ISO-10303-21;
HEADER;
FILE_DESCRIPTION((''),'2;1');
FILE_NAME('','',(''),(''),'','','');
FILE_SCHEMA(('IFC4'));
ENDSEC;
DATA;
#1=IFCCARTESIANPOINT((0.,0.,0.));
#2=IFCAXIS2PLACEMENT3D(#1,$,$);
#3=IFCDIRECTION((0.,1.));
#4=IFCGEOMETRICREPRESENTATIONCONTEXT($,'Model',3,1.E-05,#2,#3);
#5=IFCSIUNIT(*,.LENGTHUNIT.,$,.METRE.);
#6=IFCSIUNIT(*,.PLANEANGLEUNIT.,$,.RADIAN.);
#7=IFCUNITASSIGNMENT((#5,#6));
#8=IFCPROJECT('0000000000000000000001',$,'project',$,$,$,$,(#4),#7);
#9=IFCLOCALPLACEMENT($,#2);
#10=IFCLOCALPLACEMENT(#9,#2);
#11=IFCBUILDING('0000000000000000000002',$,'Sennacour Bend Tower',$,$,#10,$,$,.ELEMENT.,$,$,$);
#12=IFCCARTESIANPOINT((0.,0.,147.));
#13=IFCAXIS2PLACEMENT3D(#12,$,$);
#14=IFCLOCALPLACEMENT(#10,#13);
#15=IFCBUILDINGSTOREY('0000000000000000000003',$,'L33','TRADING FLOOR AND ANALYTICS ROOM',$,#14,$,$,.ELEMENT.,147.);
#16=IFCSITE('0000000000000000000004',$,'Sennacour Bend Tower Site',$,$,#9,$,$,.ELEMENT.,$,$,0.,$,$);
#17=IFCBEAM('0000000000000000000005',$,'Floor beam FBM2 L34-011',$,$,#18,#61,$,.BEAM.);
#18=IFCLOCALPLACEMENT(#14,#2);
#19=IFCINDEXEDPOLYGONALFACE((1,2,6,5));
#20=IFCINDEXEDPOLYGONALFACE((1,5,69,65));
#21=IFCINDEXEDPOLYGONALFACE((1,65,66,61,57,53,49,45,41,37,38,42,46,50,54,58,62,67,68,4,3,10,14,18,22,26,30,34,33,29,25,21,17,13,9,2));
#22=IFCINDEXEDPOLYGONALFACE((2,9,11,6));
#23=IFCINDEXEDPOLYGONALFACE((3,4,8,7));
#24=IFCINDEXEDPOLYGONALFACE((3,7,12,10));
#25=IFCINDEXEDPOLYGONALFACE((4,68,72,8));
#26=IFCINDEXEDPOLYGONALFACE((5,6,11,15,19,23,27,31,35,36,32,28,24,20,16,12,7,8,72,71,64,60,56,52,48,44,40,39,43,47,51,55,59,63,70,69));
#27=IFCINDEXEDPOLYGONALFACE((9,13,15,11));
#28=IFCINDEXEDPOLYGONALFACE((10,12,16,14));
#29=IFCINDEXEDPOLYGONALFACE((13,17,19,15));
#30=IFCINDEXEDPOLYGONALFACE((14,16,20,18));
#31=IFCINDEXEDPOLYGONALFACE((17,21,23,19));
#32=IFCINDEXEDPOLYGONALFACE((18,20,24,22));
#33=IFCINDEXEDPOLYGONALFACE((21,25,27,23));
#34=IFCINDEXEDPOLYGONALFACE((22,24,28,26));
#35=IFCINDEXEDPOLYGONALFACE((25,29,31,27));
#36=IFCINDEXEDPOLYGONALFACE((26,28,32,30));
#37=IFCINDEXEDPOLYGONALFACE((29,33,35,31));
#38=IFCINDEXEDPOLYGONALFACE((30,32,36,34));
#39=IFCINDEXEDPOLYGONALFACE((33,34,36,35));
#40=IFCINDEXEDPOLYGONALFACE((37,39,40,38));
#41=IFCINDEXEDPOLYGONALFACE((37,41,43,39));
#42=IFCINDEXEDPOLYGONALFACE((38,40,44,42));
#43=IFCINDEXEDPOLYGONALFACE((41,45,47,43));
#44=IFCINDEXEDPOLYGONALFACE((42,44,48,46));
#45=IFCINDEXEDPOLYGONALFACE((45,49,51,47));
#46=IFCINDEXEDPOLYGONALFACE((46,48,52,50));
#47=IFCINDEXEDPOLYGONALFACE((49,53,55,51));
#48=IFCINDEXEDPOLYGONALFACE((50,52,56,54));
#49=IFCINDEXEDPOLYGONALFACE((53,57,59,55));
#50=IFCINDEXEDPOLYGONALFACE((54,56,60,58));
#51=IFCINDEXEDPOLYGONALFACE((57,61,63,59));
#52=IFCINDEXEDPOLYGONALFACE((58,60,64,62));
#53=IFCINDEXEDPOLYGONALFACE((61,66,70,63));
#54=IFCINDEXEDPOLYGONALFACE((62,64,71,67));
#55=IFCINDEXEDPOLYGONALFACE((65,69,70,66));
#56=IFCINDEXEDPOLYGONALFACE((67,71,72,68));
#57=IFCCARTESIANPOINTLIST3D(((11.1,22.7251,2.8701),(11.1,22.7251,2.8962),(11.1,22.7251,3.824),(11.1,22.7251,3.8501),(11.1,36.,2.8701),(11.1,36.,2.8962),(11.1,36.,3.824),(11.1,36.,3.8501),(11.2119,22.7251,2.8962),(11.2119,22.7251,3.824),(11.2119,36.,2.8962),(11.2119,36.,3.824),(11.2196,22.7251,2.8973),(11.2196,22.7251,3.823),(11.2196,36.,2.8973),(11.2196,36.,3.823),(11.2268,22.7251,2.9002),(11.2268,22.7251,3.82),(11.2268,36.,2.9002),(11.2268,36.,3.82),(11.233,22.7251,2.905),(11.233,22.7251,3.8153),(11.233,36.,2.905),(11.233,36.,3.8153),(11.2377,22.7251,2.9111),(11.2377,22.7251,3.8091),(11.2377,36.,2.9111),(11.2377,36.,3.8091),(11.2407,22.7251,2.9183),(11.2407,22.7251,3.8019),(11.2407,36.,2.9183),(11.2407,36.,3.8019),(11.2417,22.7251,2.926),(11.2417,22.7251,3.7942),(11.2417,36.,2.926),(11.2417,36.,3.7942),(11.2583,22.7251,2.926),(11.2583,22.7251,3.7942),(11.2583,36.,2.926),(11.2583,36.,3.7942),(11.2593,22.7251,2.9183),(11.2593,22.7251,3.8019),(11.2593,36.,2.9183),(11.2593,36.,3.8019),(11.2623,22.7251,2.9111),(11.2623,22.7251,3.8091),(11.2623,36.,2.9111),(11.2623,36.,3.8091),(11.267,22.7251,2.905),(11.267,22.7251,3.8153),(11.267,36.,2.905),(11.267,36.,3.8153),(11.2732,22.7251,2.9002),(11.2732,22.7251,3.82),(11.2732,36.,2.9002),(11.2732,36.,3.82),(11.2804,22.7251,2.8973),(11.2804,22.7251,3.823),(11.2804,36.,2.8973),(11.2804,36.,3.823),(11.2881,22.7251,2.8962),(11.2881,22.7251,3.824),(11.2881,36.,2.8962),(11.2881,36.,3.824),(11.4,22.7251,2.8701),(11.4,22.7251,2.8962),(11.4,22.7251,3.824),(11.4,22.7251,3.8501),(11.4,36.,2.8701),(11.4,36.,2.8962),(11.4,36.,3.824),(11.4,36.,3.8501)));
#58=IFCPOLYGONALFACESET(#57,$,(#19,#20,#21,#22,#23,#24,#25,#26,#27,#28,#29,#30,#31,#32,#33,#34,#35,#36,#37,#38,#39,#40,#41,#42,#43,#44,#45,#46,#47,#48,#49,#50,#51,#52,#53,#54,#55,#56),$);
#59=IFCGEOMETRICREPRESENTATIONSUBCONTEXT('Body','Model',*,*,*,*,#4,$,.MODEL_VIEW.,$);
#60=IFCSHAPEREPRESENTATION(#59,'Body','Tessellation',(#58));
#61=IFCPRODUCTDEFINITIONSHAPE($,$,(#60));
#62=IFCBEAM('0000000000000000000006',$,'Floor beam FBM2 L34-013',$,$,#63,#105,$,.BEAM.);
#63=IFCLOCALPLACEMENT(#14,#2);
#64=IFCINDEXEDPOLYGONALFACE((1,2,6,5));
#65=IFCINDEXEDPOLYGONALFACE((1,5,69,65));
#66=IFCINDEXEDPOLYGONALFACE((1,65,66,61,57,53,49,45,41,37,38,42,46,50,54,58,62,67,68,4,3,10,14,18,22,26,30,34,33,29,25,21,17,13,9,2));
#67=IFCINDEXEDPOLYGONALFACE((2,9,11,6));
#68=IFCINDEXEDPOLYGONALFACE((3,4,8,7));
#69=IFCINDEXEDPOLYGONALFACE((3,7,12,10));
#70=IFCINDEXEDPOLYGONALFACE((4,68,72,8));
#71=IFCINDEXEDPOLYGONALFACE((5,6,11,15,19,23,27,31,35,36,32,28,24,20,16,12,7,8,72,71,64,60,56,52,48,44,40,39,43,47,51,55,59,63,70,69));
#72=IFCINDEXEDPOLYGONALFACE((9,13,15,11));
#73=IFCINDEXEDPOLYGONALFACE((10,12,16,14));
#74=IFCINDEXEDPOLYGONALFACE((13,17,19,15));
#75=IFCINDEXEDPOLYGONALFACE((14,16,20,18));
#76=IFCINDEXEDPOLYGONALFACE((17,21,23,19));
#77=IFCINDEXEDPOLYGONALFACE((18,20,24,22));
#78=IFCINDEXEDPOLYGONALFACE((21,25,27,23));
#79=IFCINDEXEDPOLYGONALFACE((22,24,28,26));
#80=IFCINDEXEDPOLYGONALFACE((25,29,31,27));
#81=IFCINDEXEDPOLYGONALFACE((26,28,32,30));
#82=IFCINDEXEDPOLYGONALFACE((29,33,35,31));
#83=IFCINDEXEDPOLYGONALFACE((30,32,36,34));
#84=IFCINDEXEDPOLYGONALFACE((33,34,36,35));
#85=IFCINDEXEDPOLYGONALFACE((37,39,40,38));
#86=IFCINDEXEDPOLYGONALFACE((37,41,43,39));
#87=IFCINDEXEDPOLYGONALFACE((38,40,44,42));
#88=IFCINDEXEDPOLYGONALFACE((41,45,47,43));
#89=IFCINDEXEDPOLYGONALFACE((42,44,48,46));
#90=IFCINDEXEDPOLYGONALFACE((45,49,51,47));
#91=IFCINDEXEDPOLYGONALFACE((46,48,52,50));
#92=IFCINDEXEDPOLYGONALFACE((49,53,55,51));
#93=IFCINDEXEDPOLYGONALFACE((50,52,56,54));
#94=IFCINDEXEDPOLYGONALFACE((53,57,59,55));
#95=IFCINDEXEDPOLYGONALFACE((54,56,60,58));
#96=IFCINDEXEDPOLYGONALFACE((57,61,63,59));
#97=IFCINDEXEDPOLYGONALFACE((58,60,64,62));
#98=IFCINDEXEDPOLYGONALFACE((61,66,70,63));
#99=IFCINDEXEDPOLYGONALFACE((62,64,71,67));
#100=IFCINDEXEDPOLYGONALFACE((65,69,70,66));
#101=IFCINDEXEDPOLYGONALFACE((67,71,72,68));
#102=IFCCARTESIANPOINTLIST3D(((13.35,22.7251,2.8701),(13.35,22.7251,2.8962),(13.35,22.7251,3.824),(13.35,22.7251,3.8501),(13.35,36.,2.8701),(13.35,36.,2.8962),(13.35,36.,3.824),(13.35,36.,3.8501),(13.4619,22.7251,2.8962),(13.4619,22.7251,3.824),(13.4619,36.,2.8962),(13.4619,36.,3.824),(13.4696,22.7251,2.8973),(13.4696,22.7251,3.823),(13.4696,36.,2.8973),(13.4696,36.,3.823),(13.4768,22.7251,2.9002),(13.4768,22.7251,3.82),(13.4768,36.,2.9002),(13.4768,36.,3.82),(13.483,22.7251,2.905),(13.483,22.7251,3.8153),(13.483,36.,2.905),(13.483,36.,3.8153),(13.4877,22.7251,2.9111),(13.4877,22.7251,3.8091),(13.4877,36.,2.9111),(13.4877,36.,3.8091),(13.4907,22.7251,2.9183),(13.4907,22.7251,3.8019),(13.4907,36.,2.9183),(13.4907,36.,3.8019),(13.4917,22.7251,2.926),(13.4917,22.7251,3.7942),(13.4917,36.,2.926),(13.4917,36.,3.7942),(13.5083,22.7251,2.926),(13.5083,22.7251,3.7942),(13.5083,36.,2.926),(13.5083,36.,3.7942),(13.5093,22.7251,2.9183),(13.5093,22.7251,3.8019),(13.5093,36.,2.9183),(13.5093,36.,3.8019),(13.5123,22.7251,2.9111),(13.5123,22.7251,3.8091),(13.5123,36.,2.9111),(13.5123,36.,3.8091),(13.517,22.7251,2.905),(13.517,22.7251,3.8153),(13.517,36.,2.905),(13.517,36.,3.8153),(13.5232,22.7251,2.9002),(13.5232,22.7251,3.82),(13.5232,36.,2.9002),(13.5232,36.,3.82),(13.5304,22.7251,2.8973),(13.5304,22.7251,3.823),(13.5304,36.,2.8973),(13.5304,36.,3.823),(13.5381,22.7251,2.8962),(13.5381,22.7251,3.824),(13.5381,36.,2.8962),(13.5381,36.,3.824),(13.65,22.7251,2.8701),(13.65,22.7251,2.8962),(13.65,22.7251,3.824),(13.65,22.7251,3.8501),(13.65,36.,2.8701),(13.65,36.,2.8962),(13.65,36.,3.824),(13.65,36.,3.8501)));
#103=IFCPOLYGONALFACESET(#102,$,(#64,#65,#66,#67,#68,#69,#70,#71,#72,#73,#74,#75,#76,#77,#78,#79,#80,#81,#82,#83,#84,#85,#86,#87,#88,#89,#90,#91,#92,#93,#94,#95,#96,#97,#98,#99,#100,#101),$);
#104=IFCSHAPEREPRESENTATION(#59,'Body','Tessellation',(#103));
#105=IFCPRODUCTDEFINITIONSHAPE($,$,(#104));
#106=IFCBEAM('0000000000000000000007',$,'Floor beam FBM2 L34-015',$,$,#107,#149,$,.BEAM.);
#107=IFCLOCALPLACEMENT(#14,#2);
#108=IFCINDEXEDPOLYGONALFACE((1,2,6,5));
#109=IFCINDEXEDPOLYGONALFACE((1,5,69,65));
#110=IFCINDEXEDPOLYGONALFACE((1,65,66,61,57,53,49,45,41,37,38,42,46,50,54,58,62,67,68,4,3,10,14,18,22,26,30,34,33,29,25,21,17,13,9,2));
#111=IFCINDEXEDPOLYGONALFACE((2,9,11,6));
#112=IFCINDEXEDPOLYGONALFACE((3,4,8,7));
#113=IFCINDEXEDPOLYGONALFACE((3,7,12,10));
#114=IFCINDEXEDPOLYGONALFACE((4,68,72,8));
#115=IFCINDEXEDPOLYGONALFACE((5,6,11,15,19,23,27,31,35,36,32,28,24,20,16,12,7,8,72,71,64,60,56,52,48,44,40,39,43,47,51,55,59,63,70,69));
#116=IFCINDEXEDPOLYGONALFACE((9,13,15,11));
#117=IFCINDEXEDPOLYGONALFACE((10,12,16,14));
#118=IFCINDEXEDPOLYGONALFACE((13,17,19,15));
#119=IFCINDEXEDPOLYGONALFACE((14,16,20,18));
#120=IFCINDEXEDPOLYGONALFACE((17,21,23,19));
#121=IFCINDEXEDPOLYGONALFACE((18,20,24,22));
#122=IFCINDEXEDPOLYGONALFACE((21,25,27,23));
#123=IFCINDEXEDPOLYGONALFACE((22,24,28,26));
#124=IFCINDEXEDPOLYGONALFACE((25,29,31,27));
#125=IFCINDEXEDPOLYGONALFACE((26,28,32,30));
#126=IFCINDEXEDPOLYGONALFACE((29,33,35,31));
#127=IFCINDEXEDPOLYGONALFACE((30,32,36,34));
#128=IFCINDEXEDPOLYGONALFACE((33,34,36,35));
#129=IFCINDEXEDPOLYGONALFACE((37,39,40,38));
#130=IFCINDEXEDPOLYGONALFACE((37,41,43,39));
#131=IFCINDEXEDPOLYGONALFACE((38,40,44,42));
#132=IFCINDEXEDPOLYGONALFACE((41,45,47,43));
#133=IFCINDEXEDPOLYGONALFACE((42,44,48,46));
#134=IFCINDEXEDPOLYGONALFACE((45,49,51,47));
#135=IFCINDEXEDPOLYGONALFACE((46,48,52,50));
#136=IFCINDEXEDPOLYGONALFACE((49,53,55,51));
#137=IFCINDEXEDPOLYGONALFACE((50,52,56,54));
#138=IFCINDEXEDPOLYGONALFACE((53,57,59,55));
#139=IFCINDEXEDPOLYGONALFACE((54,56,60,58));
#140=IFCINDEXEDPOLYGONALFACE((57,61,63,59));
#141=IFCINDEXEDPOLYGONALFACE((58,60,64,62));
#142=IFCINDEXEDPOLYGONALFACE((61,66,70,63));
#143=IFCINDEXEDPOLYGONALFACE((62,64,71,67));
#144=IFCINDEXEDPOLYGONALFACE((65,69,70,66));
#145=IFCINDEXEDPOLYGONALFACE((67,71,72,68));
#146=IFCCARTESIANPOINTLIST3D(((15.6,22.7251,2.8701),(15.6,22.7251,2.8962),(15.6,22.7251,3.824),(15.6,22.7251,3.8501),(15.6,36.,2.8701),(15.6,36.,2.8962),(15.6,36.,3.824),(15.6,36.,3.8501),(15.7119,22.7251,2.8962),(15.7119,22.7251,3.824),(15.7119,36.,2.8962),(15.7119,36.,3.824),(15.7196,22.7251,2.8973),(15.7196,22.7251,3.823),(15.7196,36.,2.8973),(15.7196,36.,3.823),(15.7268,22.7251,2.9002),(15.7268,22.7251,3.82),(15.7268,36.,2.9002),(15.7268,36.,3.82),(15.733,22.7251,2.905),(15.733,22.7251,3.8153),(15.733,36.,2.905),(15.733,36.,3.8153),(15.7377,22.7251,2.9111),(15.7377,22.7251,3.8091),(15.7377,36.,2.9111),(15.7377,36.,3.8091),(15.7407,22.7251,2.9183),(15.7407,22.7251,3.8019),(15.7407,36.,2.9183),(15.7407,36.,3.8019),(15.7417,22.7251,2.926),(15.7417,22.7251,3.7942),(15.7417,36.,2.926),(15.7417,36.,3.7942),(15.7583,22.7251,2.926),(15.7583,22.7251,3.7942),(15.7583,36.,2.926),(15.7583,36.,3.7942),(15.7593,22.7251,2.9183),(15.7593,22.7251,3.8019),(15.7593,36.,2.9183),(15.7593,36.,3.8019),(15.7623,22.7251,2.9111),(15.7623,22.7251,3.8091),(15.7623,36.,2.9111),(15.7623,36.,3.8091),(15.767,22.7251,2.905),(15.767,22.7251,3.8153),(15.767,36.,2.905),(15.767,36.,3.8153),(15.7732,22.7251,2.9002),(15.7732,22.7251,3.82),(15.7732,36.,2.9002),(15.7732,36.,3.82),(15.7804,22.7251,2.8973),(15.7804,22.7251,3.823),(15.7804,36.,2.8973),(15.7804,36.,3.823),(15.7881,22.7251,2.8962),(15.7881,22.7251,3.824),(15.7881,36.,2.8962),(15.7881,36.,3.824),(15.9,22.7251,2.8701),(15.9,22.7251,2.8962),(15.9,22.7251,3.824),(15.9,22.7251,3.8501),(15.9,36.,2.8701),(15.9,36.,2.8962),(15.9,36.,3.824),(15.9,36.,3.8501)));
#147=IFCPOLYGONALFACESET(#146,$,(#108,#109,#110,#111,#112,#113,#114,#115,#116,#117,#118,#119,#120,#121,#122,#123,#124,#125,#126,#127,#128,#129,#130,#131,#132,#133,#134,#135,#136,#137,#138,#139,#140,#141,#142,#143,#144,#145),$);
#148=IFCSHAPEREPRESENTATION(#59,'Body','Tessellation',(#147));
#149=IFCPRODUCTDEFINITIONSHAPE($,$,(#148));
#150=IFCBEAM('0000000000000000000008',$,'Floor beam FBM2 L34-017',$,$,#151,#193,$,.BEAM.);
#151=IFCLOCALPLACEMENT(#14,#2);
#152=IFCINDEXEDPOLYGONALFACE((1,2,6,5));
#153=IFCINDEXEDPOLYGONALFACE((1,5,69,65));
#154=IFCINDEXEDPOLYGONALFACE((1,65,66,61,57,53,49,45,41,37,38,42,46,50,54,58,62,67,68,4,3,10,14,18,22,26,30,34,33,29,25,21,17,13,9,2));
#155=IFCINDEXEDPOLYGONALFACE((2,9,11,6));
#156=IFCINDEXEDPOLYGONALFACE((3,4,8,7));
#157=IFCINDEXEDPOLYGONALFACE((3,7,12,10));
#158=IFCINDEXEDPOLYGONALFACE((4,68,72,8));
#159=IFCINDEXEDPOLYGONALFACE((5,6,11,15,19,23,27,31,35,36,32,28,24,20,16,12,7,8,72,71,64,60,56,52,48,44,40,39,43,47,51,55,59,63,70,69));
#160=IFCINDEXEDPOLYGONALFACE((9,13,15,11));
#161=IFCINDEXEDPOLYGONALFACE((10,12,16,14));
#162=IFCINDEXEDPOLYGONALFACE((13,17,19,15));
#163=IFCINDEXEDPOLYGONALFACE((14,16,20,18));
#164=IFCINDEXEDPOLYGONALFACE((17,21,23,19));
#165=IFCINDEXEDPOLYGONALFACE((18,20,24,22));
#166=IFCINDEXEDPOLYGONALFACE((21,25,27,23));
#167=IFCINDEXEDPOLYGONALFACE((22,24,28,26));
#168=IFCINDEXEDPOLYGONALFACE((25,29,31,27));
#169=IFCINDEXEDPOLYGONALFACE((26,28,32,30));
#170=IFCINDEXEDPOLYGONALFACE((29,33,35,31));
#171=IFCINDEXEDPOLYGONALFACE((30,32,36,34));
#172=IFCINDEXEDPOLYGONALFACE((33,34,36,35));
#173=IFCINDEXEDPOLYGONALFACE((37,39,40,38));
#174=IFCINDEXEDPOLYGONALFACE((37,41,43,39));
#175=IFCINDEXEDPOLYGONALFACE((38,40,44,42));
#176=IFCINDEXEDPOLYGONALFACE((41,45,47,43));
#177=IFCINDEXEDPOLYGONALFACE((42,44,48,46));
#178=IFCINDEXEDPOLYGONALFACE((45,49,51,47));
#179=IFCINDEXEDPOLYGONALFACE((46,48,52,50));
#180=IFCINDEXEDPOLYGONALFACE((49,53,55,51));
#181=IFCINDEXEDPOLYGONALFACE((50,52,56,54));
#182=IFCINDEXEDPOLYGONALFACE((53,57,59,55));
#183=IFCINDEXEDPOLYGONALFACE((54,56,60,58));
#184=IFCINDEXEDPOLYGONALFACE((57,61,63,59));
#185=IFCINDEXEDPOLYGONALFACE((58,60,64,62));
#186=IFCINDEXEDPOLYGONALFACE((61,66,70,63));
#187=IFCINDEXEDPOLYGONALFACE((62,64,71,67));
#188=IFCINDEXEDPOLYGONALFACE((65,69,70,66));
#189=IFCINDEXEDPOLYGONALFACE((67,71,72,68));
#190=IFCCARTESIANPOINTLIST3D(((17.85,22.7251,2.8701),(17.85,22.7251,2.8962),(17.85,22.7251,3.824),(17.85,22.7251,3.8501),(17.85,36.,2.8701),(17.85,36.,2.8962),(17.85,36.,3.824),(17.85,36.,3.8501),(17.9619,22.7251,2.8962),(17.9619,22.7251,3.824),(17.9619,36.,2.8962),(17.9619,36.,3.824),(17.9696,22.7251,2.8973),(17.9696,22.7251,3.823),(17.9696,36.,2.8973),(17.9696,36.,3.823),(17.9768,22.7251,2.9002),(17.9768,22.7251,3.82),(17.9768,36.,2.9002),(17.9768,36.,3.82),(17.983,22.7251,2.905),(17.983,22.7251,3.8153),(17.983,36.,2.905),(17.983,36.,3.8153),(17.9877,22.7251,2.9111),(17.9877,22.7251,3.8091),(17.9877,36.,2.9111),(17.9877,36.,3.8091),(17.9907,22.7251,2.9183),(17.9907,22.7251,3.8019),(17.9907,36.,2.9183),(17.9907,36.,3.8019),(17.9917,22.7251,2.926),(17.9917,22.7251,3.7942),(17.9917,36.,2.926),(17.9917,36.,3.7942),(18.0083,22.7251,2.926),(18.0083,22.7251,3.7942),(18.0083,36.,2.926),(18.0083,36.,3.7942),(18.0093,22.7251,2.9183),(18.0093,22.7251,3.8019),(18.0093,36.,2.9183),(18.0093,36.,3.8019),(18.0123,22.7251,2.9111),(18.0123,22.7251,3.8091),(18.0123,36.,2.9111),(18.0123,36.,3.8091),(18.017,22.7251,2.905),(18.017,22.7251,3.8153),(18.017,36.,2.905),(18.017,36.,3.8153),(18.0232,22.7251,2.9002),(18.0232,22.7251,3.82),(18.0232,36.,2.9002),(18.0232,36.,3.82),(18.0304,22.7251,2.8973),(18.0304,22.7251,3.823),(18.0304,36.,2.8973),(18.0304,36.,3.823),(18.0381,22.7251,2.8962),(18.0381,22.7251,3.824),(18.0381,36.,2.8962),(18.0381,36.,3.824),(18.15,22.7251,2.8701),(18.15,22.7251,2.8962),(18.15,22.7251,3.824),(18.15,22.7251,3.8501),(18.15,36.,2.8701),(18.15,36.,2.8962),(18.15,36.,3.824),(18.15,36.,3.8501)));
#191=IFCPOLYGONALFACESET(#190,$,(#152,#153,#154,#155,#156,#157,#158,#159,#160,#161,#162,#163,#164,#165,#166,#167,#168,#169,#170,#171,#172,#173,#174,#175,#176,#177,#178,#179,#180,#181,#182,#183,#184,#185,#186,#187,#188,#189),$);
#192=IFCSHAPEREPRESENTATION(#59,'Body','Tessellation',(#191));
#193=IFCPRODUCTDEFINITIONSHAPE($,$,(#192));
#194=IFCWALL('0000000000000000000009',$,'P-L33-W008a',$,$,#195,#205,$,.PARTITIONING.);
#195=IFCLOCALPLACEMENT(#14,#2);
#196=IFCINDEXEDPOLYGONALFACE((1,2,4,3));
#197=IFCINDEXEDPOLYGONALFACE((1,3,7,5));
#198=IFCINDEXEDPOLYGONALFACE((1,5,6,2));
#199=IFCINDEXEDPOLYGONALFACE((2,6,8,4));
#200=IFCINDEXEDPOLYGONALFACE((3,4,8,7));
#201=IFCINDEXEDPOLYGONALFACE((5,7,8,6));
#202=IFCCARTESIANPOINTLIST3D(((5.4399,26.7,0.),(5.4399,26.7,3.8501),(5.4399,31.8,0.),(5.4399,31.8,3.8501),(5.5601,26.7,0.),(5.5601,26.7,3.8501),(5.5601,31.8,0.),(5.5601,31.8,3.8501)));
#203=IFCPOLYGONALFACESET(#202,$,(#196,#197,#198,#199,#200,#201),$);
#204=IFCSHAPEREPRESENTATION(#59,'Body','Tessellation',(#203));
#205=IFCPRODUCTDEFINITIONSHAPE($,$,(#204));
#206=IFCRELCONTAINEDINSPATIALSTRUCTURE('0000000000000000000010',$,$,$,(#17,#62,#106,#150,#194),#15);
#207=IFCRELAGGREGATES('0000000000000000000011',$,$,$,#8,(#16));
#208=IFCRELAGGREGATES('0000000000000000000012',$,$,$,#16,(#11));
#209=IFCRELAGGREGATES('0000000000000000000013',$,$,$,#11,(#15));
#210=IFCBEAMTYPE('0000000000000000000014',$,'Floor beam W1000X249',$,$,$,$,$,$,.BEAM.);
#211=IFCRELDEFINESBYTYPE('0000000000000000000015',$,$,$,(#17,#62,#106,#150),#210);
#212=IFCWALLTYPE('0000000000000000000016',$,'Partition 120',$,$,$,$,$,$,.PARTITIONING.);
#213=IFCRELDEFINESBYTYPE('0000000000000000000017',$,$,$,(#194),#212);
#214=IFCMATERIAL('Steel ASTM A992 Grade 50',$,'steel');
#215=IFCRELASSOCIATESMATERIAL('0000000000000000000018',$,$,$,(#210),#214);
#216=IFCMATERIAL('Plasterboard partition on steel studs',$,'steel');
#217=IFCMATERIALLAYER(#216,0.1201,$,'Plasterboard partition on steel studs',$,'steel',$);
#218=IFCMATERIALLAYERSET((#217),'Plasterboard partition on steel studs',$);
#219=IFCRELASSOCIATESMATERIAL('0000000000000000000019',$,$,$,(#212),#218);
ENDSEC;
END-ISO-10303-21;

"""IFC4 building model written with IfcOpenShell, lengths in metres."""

from ifc_helpers import new_model, si_unit, direction, frame, frame_2d, origin, origin_2d, place, context, subcontext, project, spatial, rectangle, i_section, extrude, material, layer, layer_set, material_profile, profile_set, type_object, element, save


model = new_model("IFC4")

# Units and contexts
model_context = context("Model", 3, precision=1e-05, world=origin(), true_north=direction((0.0, 1.0)))
body_context = subcontext(model_context, "Body", "Model", "MODEL_VIEW")
ifc_project = project(units=[si_unit("LENGTHUNIT", "METRE"), si_unit("PLANEANGLEUNIT", "RADIAN")], contexts=[model_context])

# Site, building, storey
site_placement = place(None, origin())
site = spatial("IfcSite", under=ifc_project, at=site_placement, Name="Sennacour Bend Tower Site", CompositionType="ELEMENT", RefElevation=0.0)
building_placement = place(site_placement, origin())
building = spatial("IfcBuilding", under=site, at=building_placement, Name="Sennacour Bend Tower", CompositionType="ELEMENT")
storey_placement = place(building_placement, frame((0.0, 0.0, 147.0)))
storey = spatial("IfcBuildingStorey", under=building, at=storey_placement, Name="L33", Description="TRADING FLOOR AND ANALYTICS ROOM", CompositionType="ELEMENT", Elevation=147.0)

# Beams
ifc_material_1 = material(Name="Steel ASTM A992 Grade 50", Category="steel")
ifc_material_profile = material_profile(ifc_material_1, i_section(OverallWidth=0.3, OverallDepth=0.98, WebThickness=0.0166, FlangeThickness=0.0261, FilletRadius=0.0298, at=origin_2d()), Name="Steel ASTM A992 Grade 50", Category="steel")
ifc_profile_set = profile_set([ifc_material_profile], Name="Steel ASTM A992 Grade 50")
beam_type = type_object("IfcBeamType", Name="Floor beam W1000X249", PredefinedType="BEAM", material=ifc_profile_set)
for number, where, z_axis, x_axis, name in (
    (1, (11.25, 22.7251, 3.3601), (0.0, 1.0, 0.0), (-1.0, 0.0, 0.0), "Floor beam FBM2 L34-011"),
    (2, (13.5, 22.7251, 3.3601), (0.0, 1.0, 0.0), (-1.0, 0.0, 0.0), "Floor beam FBM2 L34-013"),
    (3, (15.75, 22.7251, 3.3601), (0.0, 1.0, 0.0), (-1.0, 0.0, 0.0), "Floor beam FBM2 L34-015"),
    (4, (18.0, 22.7251, 3.3601), (0.0, 1.0, 0.0), (-1.0, 0.0, 0.0), "Floor beam FBM2 L34-017"),
):
    element("IfcBeam", number, at=place(storey_placement, frame(where, z_axis=z_axis, x_axis=x_axis)), inside=storey, type_object=beam_type, Name=name, PredefinedType="BEAM", context=body_context, shape_type="SweptSolid", body=[
        extrude(i_section(OverallWidth=0.3, OverallDepth=0.98, WebThickness=0.0166, FlangeThickness=0.0261, FilletRadius=0.0298, at=origin_2d()), origin(), (0.0, 0.0, 1.0), 13.2749),
    ])

# Wall
ifc_material_2 = material(Name="Plasterboard partition on steel studs", Category="steel")
ifc_layer_1 = layer(ifc_material_2, 0.1201, Name="Plasterboard partition on steel studs", Category="steel")
ifc_layer_set_1 = layer_set([ifc_layer_1], Name="Plasterboard partition on steel studs")
wall_type_1 = type_object("IfcWallType", Name="Partition 120", PredefinedType="PARTITIONING", material=ifc_layer_set_1)
wall_1_placement = place(storey_placement, frame((5.5, 26.7, 0.0), z_axis=(0.0, 0.0, 1.0), x_axis=(0.0, 1.0, 0.0)))
element("IfcWall", 5, at=wall_1_placement, inside=storey, type_object=wall_type_1, Name="P-L33-W008a", PredefinedType="PARTITIONING", context=body_context, shape_type="SweptSolid", body=[
    extrude(rectangle(XDim=5.1001, YDim=0.1201, at=frame_2d((2.55, 0.0))), origin(), (0.0, 0.0, 1.0), 3.8501),
])

save(model, "model.ifc")
